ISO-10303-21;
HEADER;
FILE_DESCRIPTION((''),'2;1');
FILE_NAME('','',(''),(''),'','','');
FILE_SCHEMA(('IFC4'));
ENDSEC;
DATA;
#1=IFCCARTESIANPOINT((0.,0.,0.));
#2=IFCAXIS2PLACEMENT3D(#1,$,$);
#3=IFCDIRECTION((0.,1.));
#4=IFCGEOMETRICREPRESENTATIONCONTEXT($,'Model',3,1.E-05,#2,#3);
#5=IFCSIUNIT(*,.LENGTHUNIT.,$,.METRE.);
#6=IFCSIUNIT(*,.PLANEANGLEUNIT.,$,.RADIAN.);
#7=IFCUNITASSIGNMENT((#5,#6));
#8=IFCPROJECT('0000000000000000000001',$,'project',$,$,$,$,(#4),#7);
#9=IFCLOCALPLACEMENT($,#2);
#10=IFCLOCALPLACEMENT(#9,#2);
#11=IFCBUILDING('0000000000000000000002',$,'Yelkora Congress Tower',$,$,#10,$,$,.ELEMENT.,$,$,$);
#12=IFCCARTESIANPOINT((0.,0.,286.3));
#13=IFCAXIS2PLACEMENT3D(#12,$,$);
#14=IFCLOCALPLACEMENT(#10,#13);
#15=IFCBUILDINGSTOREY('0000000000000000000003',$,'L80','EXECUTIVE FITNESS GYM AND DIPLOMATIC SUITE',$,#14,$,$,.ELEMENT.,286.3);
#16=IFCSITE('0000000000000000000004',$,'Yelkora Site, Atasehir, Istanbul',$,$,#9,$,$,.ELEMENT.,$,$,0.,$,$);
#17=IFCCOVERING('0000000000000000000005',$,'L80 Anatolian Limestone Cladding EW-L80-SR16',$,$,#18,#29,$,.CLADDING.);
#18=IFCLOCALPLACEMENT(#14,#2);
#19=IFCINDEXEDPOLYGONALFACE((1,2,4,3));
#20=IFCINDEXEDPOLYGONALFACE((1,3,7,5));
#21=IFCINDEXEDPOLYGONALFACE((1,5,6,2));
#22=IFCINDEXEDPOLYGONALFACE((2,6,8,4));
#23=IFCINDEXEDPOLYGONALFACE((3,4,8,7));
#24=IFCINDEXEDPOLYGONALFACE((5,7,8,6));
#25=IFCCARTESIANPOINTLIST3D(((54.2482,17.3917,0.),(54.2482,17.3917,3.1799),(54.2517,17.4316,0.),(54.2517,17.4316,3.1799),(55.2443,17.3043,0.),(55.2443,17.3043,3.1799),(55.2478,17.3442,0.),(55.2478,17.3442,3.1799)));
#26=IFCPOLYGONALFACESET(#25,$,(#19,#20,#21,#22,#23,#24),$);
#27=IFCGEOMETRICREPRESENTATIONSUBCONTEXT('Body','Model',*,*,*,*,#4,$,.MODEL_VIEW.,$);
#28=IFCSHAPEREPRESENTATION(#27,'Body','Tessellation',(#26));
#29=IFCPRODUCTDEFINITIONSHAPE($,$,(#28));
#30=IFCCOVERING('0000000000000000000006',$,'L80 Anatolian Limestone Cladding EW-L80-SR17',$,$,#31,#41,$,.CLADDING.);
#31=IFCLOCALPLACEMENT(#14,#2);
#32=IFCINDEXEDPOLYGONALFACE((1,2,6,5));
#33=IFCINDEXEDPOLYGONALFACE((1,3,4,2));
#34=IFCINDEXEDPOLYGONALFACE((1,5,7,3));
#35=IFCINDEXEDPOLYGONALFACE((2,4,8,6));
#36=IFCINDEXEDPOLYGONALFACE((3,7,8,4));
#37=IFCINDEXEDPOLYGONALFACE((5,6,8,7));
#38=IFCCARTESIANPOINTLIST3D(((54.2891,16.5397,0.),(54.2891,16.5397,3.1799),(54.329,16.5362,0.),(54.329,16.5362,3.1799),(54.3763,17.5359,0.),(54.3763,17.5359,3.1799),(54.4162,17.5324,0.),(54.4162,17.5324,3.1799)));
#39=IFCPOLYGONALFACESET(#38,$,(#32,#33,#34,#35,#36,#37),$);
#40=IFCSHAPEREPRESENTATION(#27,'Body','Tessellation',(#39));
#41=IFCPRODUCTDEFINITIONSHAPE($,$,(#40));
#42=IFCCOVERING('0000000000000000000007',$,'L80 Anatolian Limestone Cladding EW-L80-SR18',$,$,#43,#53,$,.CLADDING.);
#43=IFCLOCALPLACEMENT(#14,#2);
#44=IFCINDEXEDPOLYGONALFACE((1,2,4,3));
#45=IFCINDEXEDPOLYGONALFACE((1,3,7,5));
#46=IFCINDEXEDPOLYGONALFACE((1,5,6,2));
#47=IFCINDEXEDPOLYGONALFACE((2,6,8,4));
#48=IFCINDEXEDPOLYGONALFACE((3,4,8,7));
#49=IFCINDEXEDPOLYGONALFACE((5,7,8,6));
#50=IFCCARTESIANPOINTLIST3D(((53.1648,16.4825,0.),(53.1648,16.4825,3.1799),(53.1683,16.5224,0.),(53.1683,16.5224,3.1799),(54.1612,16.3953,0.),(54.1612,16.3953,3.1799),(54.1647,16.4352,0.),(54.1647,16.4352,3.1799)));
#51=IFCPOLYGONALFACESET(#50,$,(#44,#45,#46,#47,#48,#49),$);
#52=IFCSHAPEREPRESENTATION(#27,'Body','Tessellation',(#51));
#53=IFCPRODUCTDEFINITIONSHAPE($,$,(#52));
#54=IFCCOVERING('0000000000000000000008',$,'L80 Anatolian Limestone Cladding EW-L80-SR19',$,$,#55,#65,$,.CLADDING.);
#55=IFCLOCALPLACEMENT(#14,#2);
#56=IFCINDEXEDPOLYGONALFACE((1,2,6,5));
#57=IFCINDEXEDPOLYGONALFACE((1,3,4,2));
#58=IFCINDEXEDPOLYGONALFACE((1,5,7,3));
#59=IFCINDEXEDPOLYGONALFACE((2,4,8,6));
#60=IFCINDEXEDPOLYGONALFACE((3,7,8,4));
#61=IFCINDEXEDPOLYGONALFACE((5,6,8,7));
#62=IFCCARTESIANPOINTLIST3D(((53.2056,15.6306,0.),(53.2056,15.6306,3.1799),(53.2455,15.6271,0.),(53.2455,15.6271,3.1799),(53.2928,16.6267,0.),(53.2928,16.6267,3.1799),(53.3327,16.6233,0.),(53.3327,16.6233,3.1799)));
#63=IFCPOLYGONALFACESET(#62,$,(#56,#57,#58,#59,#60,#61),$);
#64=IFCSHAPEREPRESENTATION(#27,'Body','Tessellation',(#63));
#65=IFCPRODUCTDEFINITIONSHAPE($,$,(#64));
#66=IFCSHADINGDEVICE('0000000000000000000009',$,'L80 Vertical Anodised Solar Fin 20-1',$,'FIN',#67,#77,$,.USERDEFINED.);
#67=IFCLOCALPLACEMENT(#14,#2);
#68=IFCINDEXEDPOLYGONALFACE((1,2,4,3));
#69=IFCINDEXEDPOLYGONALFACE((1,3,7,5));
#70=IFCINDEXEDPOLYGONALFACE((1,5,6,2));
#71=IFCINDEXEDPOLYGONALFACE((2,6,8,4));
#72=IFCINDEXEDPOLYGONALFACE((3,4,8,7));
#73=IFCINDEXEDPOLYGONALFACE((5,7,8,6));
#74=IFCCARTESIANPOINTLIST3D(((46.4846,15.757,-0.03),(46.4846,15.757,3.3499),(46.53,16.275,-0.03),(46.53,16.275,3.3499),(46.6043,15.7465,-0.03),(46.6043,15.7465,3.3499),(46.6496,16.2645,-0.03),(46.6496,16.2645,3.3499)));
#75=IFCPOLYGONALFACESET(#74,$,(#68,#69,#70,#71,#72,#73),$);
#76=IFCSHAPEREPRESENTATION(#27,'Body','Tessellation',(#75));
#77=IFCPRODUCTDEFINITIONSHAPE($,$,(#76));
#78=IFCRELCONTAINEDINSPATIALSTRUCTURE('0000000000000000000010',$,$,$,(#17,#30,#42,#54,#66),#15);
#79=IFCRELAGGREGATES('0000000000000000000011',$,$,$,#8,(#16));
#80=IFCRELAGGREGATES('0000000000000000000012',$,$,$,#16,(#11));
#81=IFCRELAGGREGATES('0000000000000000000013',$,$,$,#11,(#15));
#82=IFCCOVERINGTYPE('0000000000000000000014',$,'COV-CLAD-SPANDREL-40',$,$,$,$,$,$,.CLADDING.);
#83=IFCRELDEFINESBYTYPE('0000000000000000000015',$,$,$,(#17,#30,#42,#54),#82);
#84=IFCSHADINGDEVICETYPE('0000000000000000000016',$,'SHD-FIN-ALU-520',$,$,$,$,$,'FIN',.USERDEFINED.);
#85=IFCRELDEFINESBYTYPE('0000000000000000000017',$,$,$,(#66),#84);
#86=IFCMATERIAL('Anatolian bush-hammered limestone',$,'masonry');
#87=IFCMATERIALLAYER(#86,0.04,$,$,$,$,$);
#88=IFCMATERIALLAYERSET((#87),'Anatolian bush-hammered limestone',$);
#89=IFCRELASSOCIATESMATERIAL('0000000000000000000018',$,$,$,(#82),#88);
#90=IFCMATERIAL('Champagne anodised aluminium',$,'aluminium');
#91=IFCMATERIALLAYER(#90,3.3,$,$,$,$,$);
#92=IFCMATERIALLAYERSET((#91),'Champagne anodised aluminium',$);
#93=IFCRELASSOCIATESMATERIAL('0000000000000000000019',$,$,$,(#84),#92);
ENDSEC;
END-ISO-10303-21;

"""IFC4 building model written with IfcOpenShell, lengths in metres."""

from ifc_helpers import new_model, si_unit, direction, frame, frame_2d, origin, origin_2d, place, context, subcontext, project, spatial, rectangle, extrude, material, layer, layer_set, type_object, element, save


model = new_model("IFC4")

# Units and contexts
model_context = context("Model", 3, precision=1e-05, world=origin(), true_north=direction((0.0, 1.0)))
body_context = subcontext(model_context, "Body", "Model", "MODEL_VIEW")
ifc_project = project(units=[si_unit("LENGTHUNIT", "METRE"), si_unit("PLANEANGLEUNIT", "RADIAN")], contexts=[model_context])

# Site, building, storey
site_placement = place(None, origin())
site = spatial("IfcSite", under=ifc_project, at=site_placement, Name="Yelkora Site, Atasehir, Istanbul", CompositionType="ELEMENT", RefElevation=0.0)
building_placement = place(site_placement, origin())
building = spatial("IfcBuilding", under=site, at=building_placement, Name="Yelkora Congress Tower", CompositionType="ELEMENT")
storey_placement = place(building_placement, frame((0.0, 0.0, 286.3)))
storey = spatial("IfcBuildingStorey", under=building, at=storey_placement, Name="L80", Description="EXECUTIVE FITNESS GYM AND DIPLOMATIC SUITE", CompositionType="ELEMENT", Elevation=286.3)

# Coverings
ifc_material_1 = material(Name="Anatolian bush-hammered limestone", Category="masonry")
ifc_layer_1 = layer(ifc_material_1, 0.04)
ifc_layer_set_1 = layer_set([ifc_layer_1], Name="Anatolian bush-hammered limestone")
covering_type = type_object("IfcCoveringType", Name="COV-CLAD-SPANDREL-40", PredefinedType="CLADDING", material=ifc_layer_set_1)
for number, where, z_axis, x_axis, name in (
    (1, (55.2461, 17.3242, 0.0), (0.0, 0.0, 1.0), (-0.996172, 0.087409, 0.0), "L80 Anatolian Limestone Cladding EW-L80-SR16"),
    (2, (54.3962, 17.5342, 0.0), (0.0, 0.0, 1.0), (-0.087167, -0.996194, 0.0), "L80 Anatolian Limestone Cladding EW-L80-SR17"),
):
    element("IfcCovering", number, at=place(storey_placement, frame(where, z_axis=z_axis, x_axis=x_axis)), inside=storey, type_object=covering_type, Name=name, PredefinedType="CLADDING", context=body_context, shape_type="SweptSolid", body=[
        extrude(rectangle(XDim=1.0, YDim=0.04, at=frame_2d((0.5, 0.0))), origin(), (0.0, 0.0, 1.0), 3.1799),
    ])
covering_1_placement = place(storey_placement, frame((54.1628, 16.4153, 0.0), z_axis=(0.0, 0.0, 1.0), x_axis=(-0.996196, 0.087146, 0.0)))
element("IfcCovering", 3, at=covering_1_placement, inside=storey, type_object=covering_type, Name="L80 Anatolian Limestone Cladding EW-L80-SR18", PredefinedType="CLADDING", context=body_context, shape_type="SweptSolid", body=[
    extrude(rectangle(XDim=1.0002, YDim=0.04, at=frame_2d((0.5, 0.0))), origin(), (0.0, 0.0, 1.0), 3.1799),
])
covering_2_placement = place(storey_placement, frame((53.3127, 16.625, 0.0), z_axis=(0.0, 0.0, 1.0), x_axis=(-0.087167, -0.996194, 0.0)))
element("IfcCovering", 4, at=covering_2_placement, inside=storey, type_object=covering_type, Name="L80 Anatolian Limestone Cladding EW-L80-SR19", PredefinedType="CLADDING", context=body_context, shape_type="SweptSolid", body=[
    extrude(rectangle(XDim=1.0, YDim=0.04, at=frame_2d((0.5, 0.0))), origin(), (0.0, 0.0, 1.0), 3.1799),
])

# Shading device
ifc_material_2 = material(Name="Champagne anodised aluminium", Category="aluminium")
ifc_layer_2 = layer(ifc_material_2, 3.3)
ifc_layer_set_2 = layer_set([ifc_layer_2], Name="Champagne anodised aluminium")
shading_device_type = type_object("IfcShadingDeviceType", Name="SHD-FIN-ALU-520", ElementType="FIN", PredefinedType="USERDEFINED", material=ifc_layer_set_2)
shading_device_placement = place(storey_placement, frame((46.5671, 16.0107, -0.03), z_axis=(0.0, 0.0, 1.0), x_axis=(-0.996195, 0.087156, 0.0)))
element("IfcShadingDevice", 5, at=shading_device_placement, inside=storey, type_object=shading_device_type, Name="L80 Vertical Anodised Solar Fin 20-1", ObjectType="FIN", PredefinedType="USERDEFINED", context=body_context, shape_type="SweptSolid", body=[
    extrude(rectangle(XDim=0.1201, YDim=0.52, at=origin_2d()), origin(), (0.0, 0.0, 1.0), 3.3799),
])

save(model, "model.ifc")
